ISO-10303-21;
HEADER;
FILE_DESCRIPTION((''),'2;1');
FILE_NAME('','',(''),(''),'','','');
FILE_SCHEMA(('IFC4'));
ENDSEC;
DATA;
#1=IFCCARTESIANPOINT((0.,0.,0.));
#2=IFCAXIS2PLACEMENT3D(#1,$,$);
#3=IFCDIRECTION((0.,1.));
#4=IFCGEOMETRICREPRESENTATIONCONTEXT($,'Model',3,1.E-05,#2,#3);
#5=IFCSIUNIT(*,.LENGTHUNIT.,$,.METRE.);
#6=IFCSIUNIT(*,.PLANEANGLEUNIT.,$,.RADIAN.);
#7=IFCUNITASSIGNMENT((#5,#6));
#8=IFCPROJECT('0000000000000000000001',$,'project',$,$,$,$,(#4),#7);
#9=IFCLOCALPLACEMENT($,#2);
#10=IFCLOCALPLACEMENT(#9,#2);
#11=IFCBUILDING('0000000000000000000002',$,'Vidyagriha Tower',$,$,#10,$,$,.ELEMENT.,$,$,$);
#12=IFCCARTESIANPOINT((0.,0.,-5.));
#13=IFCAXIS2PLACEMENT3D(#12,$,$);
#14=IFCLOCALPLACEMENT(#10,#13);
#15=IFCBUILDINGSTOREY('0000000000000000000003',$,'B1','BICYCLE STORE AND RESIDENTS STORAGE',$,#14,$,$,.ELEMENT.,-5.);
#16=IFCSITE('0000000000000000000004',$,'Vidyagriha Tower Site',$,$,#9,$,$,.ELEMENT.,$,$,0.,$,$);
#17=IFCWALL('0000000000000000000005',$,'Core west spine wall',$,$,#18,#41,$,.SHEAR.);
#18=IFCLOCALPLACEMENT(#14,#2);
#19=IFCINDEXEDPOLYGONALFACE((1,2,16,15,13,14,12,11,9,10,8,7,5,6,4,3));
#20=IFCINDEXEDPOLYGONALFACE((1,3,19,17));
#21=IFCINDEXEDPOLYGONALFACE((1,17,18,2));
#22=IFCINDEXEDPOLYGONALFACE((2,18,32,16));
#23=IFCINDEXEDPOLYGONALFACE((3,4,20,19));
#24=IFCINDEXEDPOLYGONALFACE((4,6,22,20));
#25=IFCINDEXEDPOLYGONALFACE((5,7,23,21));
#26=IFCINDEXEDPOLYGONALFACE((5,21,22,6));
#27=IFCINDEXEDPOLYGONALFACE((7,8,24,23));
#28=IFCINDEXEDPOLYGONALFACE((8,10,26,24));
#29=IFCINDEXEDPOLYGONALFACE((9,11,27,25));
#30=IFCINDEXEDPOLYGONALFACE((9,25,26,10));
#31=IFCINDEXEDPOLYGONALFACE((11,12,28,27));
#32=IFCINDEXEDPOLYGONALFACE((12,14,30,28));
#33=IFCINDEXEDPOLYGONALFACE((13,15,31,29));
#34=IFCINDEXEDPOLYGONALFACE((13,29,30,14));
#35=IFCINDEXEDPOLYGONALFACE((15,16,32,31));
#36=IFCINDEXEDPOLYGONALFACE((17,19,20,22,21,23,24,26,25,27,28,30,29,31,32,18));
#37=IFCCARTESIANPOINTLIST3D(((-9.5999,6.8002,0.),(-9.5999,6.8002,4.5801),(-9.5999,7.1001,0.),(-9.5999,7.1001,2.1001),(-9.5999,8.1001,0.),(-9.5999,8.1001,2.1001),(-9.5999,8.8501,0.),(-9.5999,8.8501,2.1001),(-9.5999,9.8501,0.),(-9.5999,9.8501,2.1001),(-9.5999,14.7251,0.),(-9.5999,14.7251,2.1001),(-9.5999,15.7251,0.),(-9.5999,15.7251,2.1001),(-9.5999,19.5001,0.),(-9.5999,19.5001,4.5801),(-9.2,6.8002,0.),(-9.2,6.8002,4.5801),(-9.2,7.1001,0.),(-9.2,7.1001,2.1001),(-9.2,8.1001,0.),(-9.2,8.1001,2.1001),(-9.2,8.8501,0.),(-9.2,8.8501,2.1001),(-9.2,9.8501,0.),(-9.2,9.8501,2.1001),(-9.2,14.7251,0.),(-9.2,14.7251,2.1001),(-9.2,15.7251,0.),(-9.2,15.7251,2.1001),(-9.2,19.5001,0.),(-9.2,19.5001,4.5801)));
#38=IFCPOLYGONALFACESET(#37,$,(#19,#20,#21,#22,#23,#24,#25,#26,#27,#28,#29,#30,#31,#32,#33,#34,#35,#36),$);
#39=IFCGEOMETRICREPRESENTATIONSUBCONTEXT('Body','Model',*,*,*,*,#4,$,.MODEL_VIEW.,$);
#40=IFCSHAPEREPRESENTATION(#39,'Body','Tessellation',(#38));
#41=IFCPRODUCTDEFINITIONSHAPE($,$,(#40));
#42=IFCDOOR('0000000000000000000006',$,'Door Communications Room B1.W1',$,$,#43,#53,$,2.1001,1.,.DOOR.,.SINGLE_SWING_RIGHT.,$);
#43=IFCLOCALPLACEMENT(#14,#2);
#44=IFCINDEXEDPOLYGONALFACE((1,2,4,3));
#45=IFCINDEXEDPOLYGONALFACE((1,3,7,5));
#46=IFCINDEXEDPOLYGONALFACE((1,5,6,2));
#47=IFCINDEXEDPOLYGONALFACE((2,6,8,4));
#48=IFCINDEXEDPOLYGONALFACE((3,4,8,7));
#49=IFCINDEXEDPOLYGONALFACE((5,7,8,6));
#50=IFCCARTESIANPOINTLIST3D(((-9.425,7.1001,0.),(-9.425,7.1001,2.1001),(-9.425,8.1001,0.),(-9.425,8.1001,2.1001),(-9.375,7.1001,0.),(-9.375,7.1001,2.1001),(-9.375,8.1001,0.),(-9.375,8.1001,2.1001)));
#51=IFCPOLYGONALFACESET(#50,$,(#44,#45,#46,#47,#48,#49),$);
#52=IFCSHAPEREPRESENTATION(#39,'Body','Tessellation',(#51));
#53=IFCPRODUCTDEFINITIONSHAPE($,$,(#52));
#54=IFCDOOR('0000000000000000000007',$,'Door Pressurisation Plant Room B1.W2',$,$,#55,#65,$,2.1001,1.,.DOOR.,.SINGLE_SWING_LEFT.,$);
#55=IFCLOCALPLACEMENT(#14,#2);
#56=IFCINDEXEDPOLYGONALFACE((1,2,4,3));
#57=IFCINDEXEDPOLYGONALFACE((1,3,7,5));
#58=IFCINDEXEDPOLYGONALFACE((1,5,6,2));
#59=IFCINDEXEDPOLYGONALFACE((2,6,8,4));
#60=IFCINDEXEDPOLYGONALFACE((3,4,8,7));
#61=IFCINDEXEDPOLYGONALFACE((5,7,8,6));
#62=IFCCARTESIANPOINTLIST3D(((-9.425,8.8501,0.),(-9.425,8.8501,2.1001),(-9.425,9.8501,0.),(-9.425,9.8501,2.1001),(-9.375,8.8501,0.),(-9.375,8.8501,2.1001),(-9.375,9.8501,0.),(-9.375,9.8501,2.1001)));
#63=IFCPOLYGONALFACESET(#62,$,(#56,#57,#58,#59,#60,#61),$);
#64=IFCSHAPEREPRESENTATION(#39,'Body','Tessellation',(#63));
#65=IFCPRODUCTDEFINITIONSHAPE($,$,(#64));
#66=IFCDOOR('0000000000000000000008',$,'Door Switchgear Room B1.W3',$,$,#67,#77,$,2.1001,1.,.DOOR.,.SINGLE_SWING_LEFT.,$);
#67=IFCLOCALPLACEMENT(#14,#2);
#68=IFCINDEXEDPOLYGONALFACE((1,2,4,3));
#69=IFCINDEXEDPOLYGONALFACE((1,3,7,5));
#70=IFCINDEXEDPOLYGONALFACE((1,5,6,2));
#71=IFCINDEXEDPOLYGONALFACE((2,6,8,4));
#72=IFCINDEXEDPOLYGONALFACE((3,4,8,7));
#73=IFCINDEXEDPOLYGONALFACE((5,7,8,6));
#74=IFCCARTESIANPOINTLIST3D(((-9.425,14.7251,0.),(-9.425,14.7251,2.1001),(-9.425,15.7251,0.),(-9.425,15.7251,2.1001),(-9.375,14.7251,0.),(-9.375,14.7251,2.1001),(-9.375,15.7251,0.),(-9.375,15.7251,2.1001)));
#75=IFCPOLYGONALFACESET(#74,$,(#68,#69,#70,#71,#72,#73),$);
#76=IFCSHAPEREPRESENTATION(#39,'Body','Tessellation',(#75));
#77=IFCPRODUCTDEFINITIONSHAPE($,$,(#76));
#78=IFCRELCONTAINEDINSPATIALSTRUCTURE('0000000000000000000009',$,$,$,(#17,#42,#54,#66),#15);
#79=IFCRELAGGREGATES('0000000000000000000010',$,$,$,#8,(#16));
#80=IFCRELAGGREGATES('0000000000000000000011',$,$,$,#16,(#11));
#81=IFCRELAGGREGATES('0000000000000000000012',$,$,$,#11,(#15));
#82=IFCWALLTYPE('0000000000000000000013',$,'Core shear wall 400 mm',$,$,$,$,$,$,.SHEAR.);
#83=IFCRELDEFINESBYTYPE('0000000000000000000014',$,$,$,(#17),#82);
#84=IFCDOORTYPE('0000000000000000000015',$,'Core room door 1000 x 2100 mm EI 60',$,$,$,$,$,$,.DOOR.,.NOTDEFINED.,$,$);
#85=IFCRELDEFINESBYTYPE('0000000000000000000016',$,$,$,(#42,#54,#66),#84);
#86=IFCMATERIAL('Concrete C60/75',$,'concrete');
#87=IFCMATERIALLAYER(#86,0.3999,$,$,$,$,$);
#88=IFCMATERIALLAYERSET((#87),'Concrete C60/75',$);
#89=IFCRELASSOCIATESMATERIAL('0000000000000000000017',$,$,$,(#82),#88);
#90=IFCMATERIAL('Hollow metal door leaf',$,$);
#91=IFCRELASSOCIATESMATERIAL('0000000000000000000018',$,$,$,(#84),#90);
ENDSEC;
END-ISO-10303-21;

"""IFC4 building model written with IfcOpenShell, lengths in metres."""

from ifc_helpers import new_model, si_unit, direction, frame, frame_2d, origin, place, context, subcontext, project, spatial, rectangle, extrude, material, layer, layer_set, type_object, element, fill, save


model = new_model("IFC4")

# Units and contexts
model_context = context("Model", 3, precision=1e-05, world=origin(), true_north=direction((0.0, 1.0)))
body_context = subcontext(model_context, "Body", "Model", "MODEL_VIEW")
ifc_project = project(units=[si_unit("LENGTHUNIT", "METRE"), si_unit("PLANEANGLEUNIT", "RADIAN")], contexts=[model_context])

# Site, building, storey
site_placement = place(None, origin())
site = spatial("IfcSite", under=ifc_project, at=site_placement, Name="Vidyagriha Tower Site", CompositionType="ELEMENT", RefElevation=0.0)
building_placement = place(site_placement, origin())
building = spatial("IfcBuilding", under=site, at=building_placement, Name="Vidyagriha Tower", CompositionType="ELEMENT")
storey_placement = place(building_placement, frame((0.0, 0.0, -5.0)))
storey = spatial("IfcBuildingStorey", under=building, at=storey_placement, Name="B1", Description="BICYCLE STORE AND RESIDENTS STORAGE", CompositionType="ELEMENT", Elevation=-5.0)

# Wall, openings, doors
ifc_material_1 = material(Name="Concrete C60/75", Category="concrete")
ifc_layer_1 = layer(ifc_material_1, 0.3999)
ifc_layer_set_1 = layer_set([ifc_layer_1], Name="Concrete C60/75")
wall_type_1 = type_object("IfcWallType", Name="Core shear wall 400 mm", PredefinedType="SHEAR", material=ifc_layer_set_1)
wall_1_placement = place(storey_placement, frame((-9.3999, 6.8, 0.0), z_axis=(0.0, 0.0, 1.0), x_axis=(0.0, 1.0, 0.0)))
wall_1 = element("IfcWall", 1, at=wall_1_placement, inside=storey, type_object=wall_type_1, Name="Core west spine wall", PredefinedType="SHEAR", context=body_context, shape_type="SweptSolid", body=[
    extrude(rectangle(XDim=12.7, YDim=0.3999, at=frame_2d((6.3501, 0.0))), origin(), (0.0, 0.0, 1.0), 4.5801),
])
opening_1_placement = place(wall_1_placement, frame((0.3, 0.0, 0.0)))
opening_1 = element("IfcOpeningElement", 2, at=opening_1_placement, cuts=wall_1, PredefinedType="OPENING", context=body_context, shape_type="SweptSolid", body=[
    extrude(rectangle(XDim=1.0, YDim=2.1001, at=frame_2d((0.5, 1.05))), frame((0.0, 0.21, 0.0), z_axis=(0.0, -1.0, 0.0), x_axis=(1.0, 0.0, 0.0)), (0.0, 0.0, 1.0), 0.4199),
])
opening_2_placement = place(wall_1_placement, frame((2.05, 0.0, 0.0)))
opening_2 = element("IfcOpeningElement", 3, at=opening_2_placement, cuts=wall_1, PredefinedType="OPENING", context=body_context, shape_type="SweptSolid", body=[
    extrude(rectangle(XDim=1.0, YDim=2.1001, at=frame_2d((0.5, 1.05))), frame((0.0, 0.21, 0.0), z_axis=(0.0, -1.0, 0.0), x_axis=(1.0, 0.0, 0.0)), (0.0, 0.0, 1.0), 0.4199),
])
opening_3_placement = place(wall_1_placement, frame((7.925, 0.0, 0.0)))
opening_3 = element("IfcOpeningElement", 4, at=opening_3_placement, cuts=wall_1, PredefinedType="OPENING", context=body_context, shape_type="SweptSolid", body=[
    extrude(rectangle(XDim=1.0, YDim=2.1001, at=frame_2d((0.5, 1.05))), frame((0.0, 0.21, 0.0), z_axis=(0.0, -1.0, 0.0), x_axis=(1.0, 0.0, 0.0)), (0.0, 0.0, 1.0), 0.4199),
])
ifc_material_2 = material(Name="Hollow metal door leaf")
door_type_1 = type_object("IfcDoorType", Name="Core room door 1000 x 2100 mm EI 60", OperationType="NOTDEFINED", PredefinedType="DOOR", material=ifc_material_2)
door_1_placement = place(opening_1_placement, frame((1.0, 0.0, 0.0), z_axis=(0.0, 0.0, 1.0), x_axis=(-1.0, 0.0, 0.0)))
door_1 = element("IfcDoor", 5, at=door_1_placement, inside=storey, type_object=door_type_1, Name="Door Communications Room B1.W1", OperationType="SINGLE_SWING_RIGHT", OverallHeight=2.1001, OverallWidth=1.0, PredefinedType="DOOR", context=body_context, shape_type="SweptSolid", body=[
    extrude(rectangle(XDim=1.0, YDim=2.1001, at=frame_2d((0.5, 1.05))), frame((0.0, 0.0249, 0.0), z_axis=(0.0, -1.0, 0.0), x_axis=(1.0, 0.0, 0.0)), (0.0, 0.0, 1.0), 0.05),
])
fill(opening_1, door_1)
door_2_placement = place(opening_2_placement, frame((1.0, 0.0, 0.0), z_axis=(0.0, 0.0, 1.0), x_axis=(-1.0, 0.0, 0.0)))
door_2 = element("IfcDoor", 6, at=door_2_placement, inside=storey, type_object=door_type_1, Name="Door Pressurisation Plant Room B1.W2", OperationType="SINGLE_SWING_LEFT", OverallHeight=2.1001, OverallWidth=1.0, PredefinedType="DOOR", context=body_context, shape_type="SweptSolid", body=[
    extrude(rectangle(XDim=1.0, YDim=2.1001, at=frame_2d((0.5, 1.05))), frame((0.0, 0.0249, 0.0), z_axis=(0.0, -1.0, 0.0), x_axis=(1.0, 0.0, 0.0)), (0.0, 0.0, 1.0), 0.05),
])
fill(opening_2, door_2)
door_3_placement = place(opening_3_placement, frame((1.0, 0.0, 0.0), z_axis=(0.0, 0.0, 1.0), x_axis=(-1.0, 0.0, 0.0)))
door_3 = element("IfcDoor", 7, at=door_3_placement, inside=storey, type_object=door_type_1, Name="Door Switchgear Room B1.W3", OperationType="SINGLE_SWING_LEFT", OverallHeight=2.1001, OverallWidth=1.0, PredefinedType="DOOR", context=body_context, shape_type="SweptSolid", body=[
    extrude(rectangle(XDim=1.0, YDim=2.1001, at=frame_2d((0.5, 1.05))), frame((0.0, 0.0249, 0.0), z_axis=(0.0, -1.0, 0.0), x_axis=(1.0, 0.0, 0.0)), (0.0, 0.0, 1.0), 0.05),
])
fill(opening_3, door_3)

save(model, "model.ifc")
